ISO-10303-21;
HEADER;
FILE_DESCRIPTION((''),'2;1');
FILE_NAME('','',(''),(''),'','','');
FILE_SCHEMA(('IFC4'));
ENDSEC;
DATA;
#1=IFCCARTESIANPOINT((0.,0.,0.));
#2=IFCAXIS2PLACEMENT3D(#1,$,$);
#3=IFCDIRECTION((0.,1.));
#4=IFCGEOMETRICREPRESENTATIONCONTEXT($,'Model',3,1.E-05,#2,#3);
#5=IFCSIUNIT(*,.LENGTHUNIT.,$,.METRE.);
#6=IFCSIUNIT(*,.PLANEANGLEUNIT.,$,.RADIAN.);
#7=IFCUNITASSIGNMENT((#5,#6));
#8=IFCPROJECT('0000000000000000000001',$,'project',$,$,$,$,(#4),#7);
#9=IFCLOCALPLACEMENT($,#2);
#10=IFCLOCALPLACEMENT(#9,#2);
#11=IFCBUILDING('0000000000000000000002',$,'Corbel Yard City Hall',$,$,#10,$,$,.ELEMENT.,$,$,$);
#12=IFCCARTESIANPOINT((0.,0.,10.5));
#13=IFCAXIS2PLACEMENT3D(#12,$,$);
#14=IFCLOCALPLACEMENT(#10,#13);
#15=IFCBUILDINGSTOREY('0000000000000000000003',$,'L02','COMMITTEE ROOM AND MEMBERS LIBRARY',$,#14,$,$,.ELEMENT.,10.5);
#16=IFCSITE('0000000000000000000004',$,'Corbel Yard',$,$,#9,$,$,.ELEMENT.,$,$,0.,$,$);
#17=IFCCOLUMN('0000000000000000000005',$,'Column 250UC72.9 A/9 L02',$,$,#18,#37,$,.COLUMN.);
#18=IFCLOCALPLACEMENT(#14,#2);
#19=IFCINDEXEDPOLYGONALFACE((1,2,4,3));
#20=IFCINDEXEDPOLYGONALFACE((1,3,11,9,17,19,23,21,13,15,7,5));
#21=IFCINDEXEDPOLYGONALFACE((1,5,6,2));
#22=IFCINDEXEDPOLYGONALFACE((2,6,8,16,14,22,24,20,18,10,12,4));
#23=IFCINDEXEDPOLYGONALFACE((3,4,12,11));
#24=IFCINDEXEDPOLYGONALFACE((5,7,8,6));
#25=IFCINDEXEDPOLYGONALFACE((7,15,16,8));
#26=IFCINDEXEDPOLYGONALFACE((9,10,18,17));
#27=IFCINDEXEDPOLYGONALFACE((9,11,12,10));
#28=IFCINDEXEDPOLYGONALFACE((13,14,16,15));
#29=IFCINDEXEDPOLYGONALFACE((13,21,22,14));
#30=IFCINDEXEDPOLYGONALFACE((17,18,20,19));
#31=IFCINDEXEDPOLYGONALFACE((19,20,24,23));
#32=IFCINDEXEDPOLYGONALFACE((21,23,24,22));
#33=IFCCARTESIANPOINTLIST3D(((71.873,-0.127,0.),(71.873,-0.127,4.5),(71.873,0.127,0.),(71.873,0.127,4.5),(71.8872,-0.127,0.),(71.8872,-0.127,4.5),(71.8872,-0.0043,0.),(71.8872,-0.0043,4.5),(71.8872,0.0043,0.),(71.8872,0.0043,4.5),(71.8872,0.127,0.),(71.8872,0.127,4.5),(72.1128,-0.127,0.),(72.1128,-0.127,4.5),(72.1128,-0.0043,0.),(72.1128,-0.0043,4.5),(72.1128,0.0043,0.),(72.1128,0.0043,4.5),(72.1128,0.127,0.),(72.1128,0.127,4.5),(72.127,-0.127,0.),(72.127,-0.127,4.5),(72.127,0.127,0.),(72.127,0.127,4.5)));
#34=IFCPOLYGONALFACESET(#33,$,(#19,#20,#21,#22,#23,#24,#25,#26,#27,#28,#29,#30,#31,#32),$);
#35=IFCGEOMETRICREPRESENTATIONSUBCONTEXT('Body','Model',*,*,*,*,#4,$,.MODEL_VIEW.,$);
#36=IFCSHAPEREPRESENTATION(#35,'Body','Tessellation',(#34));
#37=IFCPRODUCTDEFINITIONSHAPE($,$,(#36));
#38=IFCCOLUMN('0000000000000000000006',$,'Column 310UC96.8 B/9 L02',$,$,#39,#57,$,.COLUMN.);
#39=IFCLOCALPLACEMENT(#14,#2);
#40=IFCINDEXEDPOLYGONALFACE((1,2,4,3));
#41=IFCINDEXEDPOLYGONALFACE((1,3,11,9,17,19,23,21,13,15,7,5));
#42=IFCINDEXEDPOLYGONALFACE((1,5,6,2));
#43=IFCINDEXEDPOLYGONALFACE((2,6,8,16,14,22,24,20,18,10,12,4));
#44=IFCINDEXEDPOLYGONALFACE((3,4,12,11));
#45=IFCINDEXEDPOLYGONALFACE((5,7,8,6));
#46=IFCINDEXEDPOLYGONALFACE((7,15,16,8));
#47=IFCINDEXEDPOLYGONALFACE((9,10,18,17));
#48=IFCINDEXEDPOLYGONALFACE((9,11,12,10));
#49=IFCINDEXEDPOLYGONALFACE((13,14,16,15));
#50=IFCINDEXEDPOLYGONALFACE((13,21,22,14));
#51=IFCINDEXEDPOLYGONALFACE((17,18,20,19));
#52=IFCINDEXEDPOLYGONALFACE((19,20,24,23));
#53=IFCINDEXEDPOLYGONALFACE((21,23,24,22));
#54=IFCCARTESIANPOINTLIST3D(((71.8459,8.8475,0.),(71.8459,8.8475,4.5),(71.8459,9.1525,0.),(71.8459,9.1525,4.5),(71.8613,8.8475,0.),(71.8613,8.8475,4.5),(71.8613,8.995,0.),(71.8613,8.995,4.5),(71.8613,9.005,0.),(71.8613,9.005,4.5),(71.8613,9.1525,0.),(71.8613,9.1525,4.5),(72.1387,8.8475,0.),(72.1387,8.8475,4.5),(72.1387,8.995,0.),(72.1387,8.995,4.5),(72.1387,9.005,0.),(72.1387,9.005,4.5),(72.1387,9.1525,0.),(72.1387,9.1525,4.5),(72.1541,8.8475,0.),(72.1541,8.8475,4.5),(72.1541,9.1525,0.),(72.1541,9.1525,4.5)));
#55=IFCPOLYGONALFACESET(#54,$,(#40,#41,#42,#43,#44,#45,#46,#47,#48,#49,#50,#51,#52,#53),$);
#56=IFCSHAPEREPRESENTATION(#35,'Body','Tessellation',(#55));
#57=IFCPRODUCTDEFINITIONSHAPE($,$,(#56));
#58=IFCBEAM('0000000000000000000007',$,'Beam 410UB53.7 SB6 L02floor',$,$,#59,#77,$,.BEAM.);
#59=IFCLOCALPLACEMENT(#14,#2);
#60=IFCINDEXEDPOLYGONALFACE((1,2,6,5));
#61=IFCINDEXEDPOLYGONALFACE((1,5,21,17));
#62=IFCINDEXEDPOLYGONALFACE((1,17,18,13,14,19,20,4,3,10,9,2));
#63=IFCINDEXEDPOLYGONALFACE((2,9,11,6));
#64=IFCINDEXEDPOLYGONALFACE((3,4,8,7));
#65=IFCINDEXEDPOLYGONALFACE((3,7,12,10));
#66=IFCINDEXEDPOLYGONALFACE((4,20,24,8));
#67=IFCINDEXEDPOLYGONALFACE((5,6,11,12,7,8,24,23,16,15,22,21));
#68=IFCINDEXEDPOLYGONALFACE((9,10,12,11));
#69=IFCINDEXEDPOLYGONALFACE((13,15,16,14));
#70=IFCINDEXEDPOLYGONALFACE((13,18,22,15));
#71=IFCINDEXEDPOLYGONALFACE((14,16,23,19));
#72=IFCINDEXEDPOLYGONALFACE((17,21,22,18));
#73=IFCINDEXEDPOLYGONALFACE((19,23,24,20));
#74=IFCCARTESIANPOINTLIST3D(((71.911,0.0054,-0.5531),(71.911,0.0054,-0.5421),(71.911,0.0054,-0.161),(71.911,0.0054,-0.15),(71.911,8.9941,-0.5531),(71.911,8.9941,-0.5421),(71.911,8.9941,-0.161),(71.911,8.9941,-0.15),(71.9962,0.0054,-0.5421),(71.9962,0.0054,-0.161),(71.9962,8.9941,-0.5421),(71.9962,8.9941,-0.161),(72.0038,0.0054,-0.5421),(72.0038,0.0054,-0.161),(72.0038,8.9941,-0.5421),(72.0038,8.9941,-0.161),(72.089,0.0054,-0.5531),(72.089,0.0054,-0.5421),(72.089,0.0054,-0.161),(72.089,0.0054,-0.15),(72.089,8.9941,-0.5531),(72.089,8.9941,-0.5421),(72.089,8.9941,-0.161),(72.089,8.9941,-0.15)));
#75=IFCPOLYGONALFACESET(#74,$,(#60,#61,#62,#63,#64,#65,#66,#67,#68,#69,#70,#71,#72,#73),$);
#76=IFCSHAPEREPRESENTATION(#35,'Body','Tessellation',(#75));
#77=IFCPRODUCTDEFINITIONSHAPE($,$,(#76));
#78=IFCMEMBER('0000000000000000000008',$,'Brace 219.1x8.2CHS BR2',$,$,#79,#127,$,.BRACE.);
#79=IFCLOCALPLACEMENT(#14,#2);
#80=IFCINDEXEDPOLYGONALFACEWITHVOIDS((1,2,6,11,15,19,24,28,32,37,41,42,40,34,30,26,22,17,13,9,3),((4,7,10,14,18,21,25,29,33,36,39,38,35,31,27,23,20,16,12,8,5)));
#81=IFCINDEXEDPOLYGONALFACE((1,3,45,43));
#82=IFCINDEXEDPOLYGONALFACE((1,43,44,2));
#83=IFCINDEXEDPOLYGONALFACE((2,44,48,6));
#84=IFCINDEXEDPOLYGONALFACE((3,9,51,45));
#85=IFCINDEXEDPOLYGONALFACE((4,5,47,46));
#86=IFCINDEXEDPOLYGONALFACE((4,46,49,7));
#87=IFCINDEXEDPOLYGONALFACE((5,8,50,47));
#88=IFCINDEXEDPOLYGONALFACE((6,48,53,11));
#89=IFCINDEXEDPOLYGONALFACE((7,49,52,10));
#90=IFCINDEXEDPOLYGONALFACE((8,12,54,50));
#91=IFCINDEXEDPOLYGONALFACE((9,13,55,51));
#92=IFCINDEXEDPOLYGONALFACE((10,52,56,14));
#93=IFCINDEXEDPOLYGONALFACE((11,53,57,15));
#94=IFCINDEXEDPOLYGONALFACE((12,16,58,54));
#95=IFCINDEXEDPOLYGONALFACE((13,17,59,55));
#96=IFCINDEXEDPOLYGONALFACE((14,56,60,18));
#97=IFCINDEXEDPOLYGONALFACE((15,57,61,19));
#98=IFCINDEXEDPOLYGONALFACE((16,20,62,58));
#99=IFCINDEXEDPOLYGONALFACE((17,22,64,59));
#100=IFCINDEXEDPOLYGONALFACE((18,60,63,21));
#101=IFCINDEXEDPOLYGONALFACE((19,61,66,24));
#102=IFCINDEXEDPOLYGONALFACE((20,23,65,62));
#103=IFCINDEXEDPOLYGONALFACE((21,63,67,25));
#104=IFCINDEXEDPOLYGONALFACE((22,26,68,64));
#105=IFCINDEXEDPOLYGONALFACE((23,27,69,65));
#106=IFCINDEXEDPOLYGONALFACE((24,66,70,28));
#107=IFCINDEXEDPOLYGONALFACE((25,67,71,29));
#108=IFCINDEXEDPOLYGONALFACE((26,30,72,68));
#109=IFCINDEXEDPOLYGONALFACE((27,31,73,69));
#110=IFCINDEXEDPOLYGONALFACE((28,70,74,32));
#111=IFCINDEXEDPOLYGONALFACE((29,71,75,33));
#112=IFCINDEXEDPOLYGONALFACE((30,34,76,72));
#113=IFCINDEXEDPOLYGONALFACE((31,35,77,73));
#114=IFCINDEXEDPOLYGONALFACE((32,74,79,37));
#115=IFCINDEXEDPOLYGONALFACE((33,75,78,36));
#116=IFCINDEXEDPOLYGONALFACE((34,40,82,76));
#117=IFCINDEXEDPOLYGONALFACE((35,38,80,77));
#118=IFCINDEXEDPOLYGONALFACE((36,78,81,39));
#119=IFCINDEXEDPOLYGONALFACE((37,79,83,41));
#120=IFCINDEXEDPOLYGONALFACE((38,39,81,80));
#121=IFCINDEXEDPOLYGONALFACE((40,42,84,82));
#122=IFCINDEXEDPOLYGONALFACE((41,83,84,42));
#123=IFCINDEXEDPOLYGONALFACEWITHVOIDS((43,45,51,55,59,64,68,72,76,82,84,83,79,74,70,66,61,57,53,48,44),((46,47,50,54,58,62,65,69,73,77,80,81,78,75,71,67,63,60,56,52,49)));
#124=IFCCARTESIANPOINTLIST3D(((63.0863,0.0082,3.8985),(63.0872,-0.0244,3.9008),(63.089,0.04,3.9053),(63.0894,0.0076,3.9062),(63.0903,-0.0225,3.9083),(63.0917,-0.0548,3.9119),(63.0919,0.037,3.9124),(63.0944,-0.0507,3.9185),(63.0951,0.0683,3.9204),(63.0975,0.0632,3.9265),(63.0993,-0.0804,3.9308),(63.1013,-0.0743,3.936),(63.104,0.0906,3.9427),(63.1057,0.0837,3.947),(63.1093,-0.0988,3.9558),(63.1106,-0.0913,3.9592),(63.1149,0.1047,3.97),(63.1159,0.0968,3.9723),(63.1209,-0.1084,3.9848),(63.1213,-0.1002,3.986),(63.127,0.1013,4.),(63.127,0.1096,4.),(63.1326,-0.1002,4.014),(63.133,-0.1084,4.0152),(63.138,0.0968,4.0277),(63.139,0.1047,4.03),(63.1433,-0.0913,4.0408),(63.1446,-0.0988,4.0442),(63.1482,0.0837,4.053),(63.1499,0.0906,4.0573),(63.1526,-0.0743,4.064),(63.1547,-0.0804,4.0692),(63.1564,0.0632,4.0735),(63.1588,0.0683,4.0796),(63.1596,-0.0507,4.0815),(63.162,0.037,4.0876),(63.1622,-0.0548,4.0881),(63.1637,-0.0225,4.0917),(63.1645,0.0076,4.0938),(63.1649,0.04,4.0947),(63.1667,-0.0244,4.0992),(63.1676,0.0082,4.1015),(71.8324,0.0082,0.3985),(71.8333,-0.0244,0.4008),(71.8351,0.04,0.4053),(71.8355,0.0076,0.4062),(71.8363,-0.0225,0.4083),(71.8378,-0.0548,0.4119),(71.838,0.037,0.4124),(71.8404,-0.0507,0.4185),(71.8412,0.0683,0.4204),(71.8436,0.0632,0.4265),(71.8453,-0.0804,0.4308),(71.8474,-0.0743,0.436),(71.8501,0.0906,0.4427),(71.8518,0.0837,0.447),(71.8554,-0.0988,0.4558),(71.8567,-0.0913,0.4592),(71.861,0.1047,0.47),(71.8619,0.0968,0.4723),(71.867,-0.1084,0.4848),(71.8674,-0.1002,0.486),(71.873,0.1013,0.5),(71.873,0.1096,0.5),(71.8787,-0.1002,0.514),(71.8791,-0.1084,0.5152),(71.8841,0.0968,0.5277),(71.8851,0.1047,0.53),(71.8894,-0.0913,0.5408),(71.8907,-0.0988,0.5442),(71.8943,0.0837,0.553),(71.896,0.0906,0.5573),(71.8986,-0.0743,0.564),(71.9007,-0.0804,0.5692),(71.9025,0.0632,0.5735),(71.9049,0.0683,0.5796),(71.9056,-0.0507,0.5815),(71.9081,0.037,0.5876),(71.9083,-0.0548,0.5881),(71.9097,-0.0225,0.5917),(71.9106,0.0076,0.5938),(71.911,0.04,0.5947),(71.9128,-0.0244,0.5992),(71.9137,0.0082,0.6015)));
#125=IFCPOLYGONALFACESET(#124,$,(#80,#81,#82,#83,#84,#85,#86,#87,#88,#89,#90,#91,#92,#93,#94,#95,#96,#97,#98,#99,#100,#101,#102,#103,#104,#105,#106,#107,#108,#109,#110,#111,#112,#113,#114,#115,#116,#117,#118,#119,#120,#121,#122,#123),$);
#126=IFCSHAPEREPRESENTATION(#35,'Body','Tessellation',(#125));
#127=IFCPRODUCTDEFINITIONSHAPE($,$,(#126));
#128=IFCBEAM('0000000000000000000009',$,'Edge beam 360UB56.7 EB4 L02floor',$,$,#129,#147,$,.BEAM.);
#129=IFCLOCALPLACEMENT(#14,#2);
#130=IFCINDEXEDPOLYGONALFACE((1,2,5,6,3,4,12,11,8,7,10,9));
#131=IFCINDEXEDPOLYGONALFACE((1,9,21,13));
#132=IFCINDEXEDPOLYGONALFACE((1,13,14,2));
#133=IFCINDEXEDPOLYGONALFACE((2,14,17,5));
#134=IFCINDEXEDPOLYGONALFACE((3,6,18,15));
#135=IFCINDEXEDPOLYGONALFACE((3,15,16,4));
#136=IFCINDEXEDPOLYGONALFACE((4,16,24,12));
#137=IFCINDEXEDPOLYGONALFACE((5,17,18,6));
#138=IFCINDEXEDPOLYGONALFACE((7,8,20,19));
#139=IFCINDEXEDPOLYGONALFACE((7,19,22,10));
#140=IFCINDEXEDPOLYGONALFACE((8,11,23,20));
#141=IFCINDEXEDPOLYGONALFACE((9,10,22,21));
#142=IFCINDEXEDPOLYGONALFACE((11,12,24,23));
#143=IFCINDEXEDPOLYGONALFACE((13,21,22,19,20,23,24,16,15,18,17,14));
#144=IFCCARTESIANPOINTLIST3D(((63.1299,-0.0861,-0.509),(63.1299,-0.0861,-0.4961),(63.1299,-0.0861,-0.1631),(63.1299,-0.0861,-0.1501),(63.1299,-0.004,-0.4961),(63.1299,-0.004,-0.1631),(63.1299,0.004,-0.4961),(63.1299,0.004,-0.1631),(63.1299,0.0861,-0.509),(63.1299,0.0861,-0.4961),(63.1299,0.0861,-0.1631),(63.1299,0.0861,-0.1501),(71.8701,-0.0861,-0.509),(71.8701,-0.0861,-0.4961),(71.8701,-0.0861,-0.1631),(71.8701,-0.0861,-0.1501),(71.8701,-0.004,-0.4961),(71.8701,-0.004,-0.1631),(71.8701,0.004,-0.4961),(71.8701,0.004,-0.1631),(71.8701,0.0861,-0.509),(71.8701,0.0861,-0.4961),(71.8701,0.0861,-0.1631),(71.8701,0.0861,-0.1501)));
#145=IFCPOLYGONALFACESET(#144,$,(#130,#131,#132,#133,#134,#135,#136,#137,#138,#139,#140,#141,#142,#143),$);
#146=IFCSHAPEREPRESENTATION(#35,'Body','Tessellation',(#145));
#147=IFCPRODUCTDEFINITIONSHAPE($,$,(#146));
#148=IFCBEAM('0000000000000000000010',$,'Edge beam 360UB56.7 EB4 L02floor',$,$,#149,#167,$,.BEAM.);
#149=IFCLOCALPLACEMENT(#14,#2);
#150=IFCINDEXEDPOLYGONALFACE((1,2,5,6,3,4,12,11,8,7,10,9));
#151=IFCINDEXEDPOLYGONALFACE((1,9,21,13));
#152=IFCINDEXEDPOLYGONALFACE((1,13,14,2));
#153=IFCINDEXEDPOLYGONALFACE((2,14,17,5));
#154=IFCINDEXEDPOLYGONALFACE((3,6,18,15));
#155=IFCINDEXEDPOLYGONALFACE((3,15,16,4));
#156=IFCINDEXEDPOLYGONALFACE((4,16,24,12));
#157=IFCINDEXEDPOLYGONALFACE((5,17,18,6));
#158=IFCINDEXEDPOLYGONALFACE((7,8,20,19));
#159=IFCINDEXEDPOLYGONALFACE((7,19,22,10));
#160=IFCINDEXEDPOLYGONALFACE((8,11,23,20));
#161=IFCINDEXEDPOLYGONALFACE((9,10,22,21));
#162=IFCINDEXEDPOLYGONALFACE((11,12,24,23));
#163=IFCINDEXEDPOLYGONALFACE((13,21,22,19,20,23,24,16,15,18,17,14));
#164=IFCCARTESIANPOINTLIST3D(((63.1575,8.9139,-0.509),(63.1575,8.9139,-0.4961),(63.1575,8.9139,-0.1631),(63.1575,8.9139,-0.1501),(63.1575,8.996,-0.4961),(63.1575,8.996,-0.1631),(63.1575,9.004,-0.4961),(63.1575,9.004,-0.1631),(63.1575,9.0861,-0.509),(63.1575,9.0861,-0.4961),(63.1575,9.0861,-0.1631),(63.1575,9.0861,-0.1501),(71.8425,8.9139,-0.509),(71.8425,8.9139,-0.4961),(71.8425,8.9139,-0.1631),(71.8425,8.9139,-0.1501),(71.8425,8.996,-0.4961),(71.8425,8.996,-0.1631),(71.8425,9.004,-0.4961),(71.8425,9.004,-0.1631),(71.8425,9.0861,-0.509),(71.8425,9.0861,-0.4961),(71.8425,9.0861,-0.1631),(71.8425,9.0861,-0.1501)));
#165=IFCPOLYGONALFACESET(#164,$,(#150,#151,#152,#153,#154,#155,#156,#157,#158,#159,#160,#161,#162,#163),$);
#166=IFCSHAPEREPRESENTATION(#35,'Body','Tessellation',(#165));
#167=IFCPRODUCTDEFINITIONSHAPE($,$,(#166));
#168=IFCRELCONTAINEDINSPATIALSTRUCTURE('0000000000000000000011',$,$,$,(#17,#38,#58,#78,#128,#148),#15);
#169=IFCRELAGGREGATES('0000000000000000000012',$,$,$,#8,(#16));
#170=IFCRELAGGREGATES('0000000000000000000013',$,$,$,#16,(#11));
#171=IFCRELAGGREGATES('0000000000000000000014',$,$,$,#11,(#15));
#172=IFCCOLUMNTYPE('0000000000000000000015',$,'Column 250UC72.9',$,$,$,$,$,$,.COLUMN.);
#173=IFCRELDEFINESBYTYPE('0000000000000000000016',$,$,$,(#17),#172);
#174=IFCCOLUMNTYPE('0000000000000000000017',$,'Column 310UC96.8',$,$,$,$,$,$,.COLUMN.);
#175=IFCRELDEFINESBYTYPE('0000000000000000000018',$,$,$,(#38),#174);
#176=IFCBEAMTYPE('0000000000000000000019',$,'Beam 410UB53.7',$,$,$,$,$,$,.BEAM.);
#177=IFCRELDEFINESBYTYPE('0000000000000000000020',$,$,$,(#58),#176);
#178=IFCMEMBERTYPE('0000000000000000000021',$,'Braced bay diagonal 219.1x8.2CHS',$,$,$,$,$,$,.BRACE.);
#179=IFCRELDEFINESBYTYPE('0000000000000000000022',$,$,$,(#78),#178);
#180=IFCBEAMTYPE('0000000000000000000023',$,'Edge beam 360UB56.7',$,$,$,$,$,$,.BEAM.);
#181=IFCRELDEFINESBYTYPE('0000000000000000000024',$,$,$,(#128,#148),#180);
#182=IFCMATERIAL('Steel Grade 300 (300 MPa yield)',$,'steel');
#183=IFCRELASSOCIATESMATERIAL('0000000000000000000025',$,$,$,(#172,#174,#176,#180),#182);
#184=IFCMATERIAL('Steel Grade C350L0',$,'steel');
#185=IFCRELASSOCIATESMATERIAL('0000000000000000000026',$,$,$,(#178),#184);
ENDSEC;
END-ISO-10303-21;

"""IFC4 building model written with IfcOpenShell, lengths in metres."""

from ifc_helpers import new_model, si_unit, direction, frame, origin, origin_2d, place, context, subcontext, project, spatial, hollow_circle, i_section, extrude, material, material_profile, profile_set, type_object, element, save


model = new_model("IFC4")

# Units and contexts
model_context = context("Model", 3, precision=1e-05, world=origin(), true_north=direction((0.0, 1.0)))
body_context = subcontext(model_context, "Body", "Model", "MODEL_VIEW")
ifc_project = project(units=[si_unit("LENGTHUNIT", "METRE"), si_unit("PLANEANGLEUNIT", "RADIAN")], contexts=[model_context])

# Site, building, storey
site_placement = place(None, origin())
site = spatial("IfcSite", under=ifc_project, at=site_placement, Name="Corbel Yard", CompositionType="ELEMENT", RefElevation=0.0)
building_placement = place(site_placement, origin())
building = spatial("IfcBuilding", under=site, at=building_placement, Name="Corbel Yard City Hall", CompositionType="ELEMENT")
storey_placement = place(building_placement, frame((0.0, 0.0, 10.5)))
storey = spatial("IfcBuildingStorey", under=building, at=storey_placement, Name="L02", Description="COMMITTEE ROOM AND MEMBERS LIBRARY", CompositionType="ELEMENT", Elevation=10.5)

# Columns
ifc_material_1 = material(Name="Steel Grade 300 (300 MPa yield)", Category="steel")
ifc_material_profile_1 = material_profile(ifc_material_1, i_section(OverallWidth=0.2539, OverallDepth=0.2539, WebThickness=0.0085, FlangeThickness=0.0142, at=origin_2d()), Name="250UC72.9")
ifc_profile_set_1 = profile_set([ifc_material_profile_1], Name="Steel Grade 300 (300 MPa yield)")
column_type_1 = type_object("IfcColumnType", Name="Column 250UC72.9", PredefinedType="COLUMN", material=ifc_profile_set_1)
column_1_placement = place(storey_placement, frame((72.0, 0.0, 0.0), z_axis=(0.0, 0.0, 1.0), x_axis=(0.0, 1.0, 0.0)))
element("IfcColumn", 1, at=column_1_placement, inside=storey, type_object=column_type_1, Name="Column 250UC72.9 A/9 L02", PredefinedType="COLUMN", context=body_context, shape_type="SweptSolid", body=[
    extrude(i_section(OverallWidth=0.2539, OverallDepth=0.2539, WebThickness=0.0085, FlangeThickness=0.0142, at=origin_2d()), origin(), (0.0, 0.0, 1.0), 4.5),
])
ifc_material_profile_2 = material_profile(ifc_material_1, i_section(OverallWidth=0.3049, OverallDepth=0.3081, WebThickness=0.01, FlangeThickness=0.0154, at=origin_2d()), Name="310UC96.8")
ifc_profile_set_2 = profile_set([ifc_material_profile_2], Name="Steel Grade 300 (300 MPa yield)")
column_type_2 = type_object("IfcColumnType", Name="Column 310UC96.8", PredefinedType="COLUMN", material=ifc_profile_set_2)
column_2_placement = place(storey_placement, frame((72.0, 9.0, 0.0), z_axis=(0.0, 0.0, 1.0), x_axis=(0.0, 1.0, 0.0)))
element("IfcColumn", 2, at=column_2_placement, inside=storey, type_object=column_type_2, Name="Column 310UC96.8 B/9 L02", PredefinedType="COLUMN", context=body_context, shape_type="SweptSolid", body=[
    extrude(i_section(OverallWidth=0.3049, OverallDepth=0.3081, WebThickness=0.01, FlangeThickness=0.0154, at=origin_2d()), origin(), (0.0, 0.0, 1.0), 4.5),
])

# Beam
ifc_material_profile_3 = material_profile(ifc_material_1, i_section(OverallWidth=0.178, OverallDepth=0.4031, WebThickness=0.0076, FlangeThickness=0.011, at=origin_2d()), Name="410UB53.7")
ifc_profile_set_3 = profile_set([ifc_material_profile_3], Name="Steel Grade 300 (300 MPa yield)")
beam_type_1 = type_object("IfcBeamType", Name="Beam 410UB53.7", PredefinedType="BEAM", material=ifc_profile_set_3)
beam_1_placement = place(storey_placement, frame((72.0, 0.0054, -0.3516), z_axis=(0.0, 1.0, 0.0), x_axis=(-1.0, 0.0, 0.0)))
element("IfcBeam", 3, at=beam_1_placement, inside=storey, type_object=beam_type_1, Name="Beam 410UB53.7 SB6 L02floor", PredefinedType="BEAM", context=body_context, shape_type="SweptSolid", body=[
    extrude(i_section(OverallWidth=0.178, OverallDepth=0.4031, WebThickness=0.0076, FlangeThickness=0.011, at=origin_2d()), origin(), (0.0, 0.0, 1.0), 8.9888),
])

# Member
ifc_material_2 = material(Name="Steel Grade C350L0", Category="steel")
ifc_material_profile_4 = material_profile(ifc_material_2, hollow_circle(Radius=0.1096, WallThickness=0.0083, at=origin_2d()), Name="219.1x8.2CHS")
ifc_profile_set_4 = profile_set([ifc_material_profile_4], Name="Steel Grade C350L0")
member_type_1 = type_object("IfcMemberType", Name="Braced bay diagonal 219.1x8.2CHS", PredefinedType="BRACE", material=ifc_profile_set_4)
member_1_placement = place(storey_placement, frame((63.127, 0.0, 4.0), z_axis=(0.928419, 0.0, -0.371534), x_axis=(0.0, 1.0, 0.0)))
element("IfcMember", 4, at=member_1_placement, inside=storey, type_object=member_type_1, Name="Brace 219.1x8.2CHS BR2", PredefinedType="BRACE", context=body_context, shape_type="SweptSolid", body=[
    extrude(hollow_circle(Radius=0.1096, WallThickness=0.0083, at=origin_2d()), origin(), (0.0, 0.0, 1.0), 9.4204),
])

# Beams
ifc_material_profile_5 = material_profile(ifc_material_1, i_section(OverallWidth=0.1721, OverallDepth=0.3589, WebThickness=0.0081, FlangeThickness=0.0129, at=origin_2d()), Name="360UB56.7")
ifc_profile_set_5 = profile_set([ifc_material_profile_5], Name="Steel Grade 300 (300 MPa yield)")
beam_type_2 = type_object("IfcBeamType", Name="Edge beam 360UB56.7", PredefinedType="BEAM", material=ifc_profile_set_5)
beam_2_placement = place(storey_placement, frame((63.1299, 0.0, -0.3296), z_axis=(1.0, 0.0, 0.0), x_axis=(0.0, 1.0, 0.0)))
element("IfcBeam", 5, at=beam_2_placement, inside=storey, type_object=beam_type_2, Name="Edge beam 360UB56.7 EB4 L02floor", PredefinedType="BEAM", context=body_context, shape_type="SweptSolid", body=[
    extrude(i_section(OverallWidth=0.1721, OverallDepth=0.3589, WebThickness=0.0081, FlangeThickness=0.0129, at=origin_2d()), origin(), (0.0, 0.0, 1.0), 8.7402),
])
beam_3_placement = place(storey_placement, frame((63.1575, 9.0, -0.3296), z_axis=(1.0, 0.0, 0.0), x_axis=(0.0, 1.0, 0.0)))
element("IfcBeam", 6, at=beam_3_placement, inside=storey, type_object=beam_type_2, Name="Edge beam 360UB56.7 EB4 L02floor", PredefinedType="BEAM", context=body_context, shape_type="SweptSolid", body=[
    extrude(i_section(OverallWidth=0.1721, OverallDepth=0.3589, WebThickness=0.0081, FlangeThickness=0.0129, at=origin_2d()), origin(), (0.0, 0.0, 1.0), 8.6851),
])

save(model, "model.ifc")
